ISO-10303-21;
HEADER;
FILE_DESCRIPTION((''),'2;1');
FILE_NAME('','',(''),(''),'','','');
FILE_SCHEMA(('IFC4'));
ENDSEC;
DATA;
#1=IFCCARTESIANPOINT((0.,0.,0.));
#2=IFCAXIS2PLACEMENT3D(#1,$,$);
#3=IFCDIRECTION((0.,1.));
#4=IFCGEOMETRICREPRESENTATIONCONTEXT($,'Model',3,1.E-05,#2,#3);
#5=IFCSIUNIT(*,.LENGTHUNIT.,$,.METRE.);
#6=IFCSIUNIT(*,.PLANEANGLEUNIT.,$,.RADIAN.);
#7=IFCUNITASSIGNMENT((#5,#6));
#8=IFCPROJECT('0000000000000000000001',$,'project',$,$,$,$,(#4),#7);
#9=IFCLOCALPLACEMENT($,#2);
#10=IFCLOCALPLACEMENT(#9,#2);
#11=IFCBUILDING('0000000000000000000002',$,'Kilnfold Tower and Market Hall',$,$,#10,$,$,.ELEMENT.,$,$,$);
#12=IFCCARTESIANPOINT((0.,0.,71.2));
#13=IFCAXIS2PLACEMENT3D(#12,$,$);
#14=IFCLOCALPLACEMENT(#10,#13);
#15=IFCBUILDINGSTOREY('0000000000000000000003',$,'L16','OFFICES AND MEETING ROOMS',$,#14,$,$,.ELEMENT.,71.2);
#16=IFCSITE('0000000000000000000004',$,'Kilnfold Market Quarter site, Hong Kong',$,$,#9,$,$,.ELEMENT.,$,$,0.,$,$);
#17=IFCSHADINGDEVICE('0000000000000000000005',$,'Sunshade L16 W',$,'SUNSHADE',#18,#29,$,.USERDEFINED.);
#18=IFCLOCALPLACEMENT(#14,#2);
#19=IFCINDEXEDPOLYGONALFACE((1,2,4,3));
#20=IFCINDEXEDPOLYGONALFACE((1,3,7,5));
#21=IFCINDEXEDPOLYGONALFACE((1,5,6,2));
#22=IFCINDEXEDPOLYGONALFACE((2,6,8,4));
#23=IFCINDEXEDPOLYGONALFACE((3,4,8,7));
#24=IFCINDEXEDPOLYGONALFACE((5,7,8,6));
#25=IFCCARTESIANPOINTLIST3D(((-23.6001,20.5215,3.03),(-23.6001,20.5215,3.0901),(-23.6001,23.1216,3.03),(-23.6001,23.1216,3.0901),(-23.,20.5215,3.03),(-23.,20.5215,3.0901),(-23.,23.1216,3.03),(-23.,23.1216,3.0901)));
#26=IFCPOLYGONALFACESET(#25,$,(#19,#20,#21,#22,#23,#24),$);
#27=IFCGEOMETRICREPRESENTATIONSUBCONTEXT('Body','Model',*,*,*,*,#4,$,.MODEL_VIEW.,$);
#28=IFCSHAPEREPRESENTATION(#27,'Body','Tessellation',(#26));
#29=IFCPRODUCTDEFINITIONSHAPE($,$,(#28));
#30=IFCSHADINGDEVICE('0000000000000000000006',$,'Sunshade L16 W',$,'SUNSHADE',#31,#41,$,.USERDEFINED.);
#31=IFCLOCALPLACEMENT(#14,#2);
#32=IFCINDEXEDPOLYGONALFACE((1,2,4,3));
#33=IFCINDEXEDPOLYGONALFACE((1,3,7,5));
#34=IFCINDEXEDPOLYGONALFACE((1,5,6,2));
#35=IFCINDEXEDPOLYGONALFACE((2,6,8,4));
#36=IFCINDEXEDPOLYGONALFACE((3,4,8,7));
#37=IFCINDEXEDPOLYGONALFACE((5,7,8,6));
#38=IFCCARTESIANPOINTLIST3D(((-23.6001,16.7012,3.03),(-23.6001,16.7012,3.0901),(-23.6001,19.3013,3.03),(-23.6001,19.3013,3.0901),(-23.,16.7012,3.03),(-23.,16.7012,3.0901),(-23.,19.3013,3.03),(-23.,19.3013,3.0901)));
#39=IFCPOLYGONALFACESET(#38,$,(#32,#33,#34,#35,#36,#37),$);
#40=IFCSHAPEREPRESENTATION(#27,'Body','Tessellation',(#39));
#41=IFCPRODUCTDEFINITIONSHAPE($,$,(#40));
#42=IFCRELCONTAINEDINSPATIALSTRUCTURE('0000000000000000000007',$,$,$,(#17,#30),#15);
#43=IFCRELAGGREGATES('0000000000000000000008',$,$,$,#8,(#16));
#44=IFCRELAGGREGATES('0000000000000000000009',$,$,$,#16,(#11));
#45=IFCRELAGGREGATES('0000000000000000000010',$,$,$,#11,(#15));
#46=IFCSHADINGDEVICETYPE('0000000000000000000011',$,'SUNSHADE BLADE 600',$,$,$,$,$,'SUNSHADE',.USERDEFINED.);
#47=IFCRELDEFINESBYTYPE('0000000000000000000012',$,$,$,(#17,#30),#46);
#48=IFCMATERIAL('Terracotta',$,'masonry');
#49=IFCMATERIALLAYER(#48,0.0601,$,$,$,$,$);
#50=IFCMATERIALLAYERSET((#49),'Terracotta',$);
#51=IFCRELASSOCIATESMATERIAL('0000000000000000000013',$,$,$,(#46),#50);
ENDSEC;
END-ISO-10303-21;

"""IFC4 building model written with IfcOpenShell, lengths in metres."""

from ifc_helpers import new_model, si_unit, direction, frame, origin, origin_2d, place, context, subcontext, project, spatial, rectangle, extrude, source, transform, mapped, material, layer, layer_set, type_object, element, save


model = new_model("IFC4")

# Units and contexts
model_context = context("Model", 3, precision=1e-05, world=origin(), true_north=direction((0.0, 1.0)))
body_context = subcontext(model_context, "Body", "Model", "MODEL_VIEW")
ifc_project = project(units=[si_unit("LENGTHUNIT", "METRE"), si_unit("PLANEANGLEUNIT", "RADIAN")], contexts=[model_context])

# Site, building, storey
site_placement = place(None, origin())
site = spatial("IfcSite", under=ifc_project, at=site_placement, Name="Kilnfold Market Quarter site, Hong Kong", CompositionType="ELEMENT", RefElevation=0.0)
building_placement = place(site_placement, origin())
building = spatial("IfcBuilding", under=site, at=building_placement, Name="Kilnfold Tower and Market Hall", CompositionType="ELEMENT")
storey_placement = place(building_placement, frame((0.0, 0.0, 71.2)))
storey = spatial("IfcBuildingStorey", under=building, at=storey_placement, Name="L16", Description="OFFICES AND MEETING ROOMS", CompositionType="ELEMENT", Elevation=71.2)

# Shading devices
ifc_material_1 = material(Name="Terracotta", Category="masonry")
ifc_layer_1 = layer(ifc_material_1, 0.0601)
ifc_layer_set_1 = layer_set([ifc_layer_1], Name="Terracotta")
shading_device_type = type_object("IfcShadingDeviceType", Name="SUNSHADE BLADE 600", ElementType="SUNSHADE", PredefinedType="USERDEFINED", material=ifc_layer_set_1)
shared_shape_1 = source(origin(), body_context, "Body", "SweptSolid", [
    extrude(rectangle(XDim=2.6001, YDim=0.6001, at=origin_2d()), origin(), (0.0, 0.0, 1.0), 0.0601),
])
for number, where, z_axis, x_axis, name in (
    (1, (-23.3, 21.8215, 3.03), (0.0, 0.0, 1.0), (0.0, -1.0, 0.0), "Sunshade L16 W"),
    (2, (-23.3, 18.0012, 3.03), (0.0, 0.0, 1.0), (0.0, -1.0, 0.0), "Sunshade L16 W"),
):
    element("IfcShadingDevice", number, at=place(storey_placement, frame(where, z_axis=z_axis, x_axis=x_axis)), inside=storey, type_object=shading_device_type, Name=name, ObjectType="SUNSHADE", PredefinedType="USERDEFINED", context=body_context, shape_type="MappedRepresentation", body=[
        mapped(shared_shape_1, transform((0.0, 0.0, 0.0))),
    ])

save(model, "model.ifc")
